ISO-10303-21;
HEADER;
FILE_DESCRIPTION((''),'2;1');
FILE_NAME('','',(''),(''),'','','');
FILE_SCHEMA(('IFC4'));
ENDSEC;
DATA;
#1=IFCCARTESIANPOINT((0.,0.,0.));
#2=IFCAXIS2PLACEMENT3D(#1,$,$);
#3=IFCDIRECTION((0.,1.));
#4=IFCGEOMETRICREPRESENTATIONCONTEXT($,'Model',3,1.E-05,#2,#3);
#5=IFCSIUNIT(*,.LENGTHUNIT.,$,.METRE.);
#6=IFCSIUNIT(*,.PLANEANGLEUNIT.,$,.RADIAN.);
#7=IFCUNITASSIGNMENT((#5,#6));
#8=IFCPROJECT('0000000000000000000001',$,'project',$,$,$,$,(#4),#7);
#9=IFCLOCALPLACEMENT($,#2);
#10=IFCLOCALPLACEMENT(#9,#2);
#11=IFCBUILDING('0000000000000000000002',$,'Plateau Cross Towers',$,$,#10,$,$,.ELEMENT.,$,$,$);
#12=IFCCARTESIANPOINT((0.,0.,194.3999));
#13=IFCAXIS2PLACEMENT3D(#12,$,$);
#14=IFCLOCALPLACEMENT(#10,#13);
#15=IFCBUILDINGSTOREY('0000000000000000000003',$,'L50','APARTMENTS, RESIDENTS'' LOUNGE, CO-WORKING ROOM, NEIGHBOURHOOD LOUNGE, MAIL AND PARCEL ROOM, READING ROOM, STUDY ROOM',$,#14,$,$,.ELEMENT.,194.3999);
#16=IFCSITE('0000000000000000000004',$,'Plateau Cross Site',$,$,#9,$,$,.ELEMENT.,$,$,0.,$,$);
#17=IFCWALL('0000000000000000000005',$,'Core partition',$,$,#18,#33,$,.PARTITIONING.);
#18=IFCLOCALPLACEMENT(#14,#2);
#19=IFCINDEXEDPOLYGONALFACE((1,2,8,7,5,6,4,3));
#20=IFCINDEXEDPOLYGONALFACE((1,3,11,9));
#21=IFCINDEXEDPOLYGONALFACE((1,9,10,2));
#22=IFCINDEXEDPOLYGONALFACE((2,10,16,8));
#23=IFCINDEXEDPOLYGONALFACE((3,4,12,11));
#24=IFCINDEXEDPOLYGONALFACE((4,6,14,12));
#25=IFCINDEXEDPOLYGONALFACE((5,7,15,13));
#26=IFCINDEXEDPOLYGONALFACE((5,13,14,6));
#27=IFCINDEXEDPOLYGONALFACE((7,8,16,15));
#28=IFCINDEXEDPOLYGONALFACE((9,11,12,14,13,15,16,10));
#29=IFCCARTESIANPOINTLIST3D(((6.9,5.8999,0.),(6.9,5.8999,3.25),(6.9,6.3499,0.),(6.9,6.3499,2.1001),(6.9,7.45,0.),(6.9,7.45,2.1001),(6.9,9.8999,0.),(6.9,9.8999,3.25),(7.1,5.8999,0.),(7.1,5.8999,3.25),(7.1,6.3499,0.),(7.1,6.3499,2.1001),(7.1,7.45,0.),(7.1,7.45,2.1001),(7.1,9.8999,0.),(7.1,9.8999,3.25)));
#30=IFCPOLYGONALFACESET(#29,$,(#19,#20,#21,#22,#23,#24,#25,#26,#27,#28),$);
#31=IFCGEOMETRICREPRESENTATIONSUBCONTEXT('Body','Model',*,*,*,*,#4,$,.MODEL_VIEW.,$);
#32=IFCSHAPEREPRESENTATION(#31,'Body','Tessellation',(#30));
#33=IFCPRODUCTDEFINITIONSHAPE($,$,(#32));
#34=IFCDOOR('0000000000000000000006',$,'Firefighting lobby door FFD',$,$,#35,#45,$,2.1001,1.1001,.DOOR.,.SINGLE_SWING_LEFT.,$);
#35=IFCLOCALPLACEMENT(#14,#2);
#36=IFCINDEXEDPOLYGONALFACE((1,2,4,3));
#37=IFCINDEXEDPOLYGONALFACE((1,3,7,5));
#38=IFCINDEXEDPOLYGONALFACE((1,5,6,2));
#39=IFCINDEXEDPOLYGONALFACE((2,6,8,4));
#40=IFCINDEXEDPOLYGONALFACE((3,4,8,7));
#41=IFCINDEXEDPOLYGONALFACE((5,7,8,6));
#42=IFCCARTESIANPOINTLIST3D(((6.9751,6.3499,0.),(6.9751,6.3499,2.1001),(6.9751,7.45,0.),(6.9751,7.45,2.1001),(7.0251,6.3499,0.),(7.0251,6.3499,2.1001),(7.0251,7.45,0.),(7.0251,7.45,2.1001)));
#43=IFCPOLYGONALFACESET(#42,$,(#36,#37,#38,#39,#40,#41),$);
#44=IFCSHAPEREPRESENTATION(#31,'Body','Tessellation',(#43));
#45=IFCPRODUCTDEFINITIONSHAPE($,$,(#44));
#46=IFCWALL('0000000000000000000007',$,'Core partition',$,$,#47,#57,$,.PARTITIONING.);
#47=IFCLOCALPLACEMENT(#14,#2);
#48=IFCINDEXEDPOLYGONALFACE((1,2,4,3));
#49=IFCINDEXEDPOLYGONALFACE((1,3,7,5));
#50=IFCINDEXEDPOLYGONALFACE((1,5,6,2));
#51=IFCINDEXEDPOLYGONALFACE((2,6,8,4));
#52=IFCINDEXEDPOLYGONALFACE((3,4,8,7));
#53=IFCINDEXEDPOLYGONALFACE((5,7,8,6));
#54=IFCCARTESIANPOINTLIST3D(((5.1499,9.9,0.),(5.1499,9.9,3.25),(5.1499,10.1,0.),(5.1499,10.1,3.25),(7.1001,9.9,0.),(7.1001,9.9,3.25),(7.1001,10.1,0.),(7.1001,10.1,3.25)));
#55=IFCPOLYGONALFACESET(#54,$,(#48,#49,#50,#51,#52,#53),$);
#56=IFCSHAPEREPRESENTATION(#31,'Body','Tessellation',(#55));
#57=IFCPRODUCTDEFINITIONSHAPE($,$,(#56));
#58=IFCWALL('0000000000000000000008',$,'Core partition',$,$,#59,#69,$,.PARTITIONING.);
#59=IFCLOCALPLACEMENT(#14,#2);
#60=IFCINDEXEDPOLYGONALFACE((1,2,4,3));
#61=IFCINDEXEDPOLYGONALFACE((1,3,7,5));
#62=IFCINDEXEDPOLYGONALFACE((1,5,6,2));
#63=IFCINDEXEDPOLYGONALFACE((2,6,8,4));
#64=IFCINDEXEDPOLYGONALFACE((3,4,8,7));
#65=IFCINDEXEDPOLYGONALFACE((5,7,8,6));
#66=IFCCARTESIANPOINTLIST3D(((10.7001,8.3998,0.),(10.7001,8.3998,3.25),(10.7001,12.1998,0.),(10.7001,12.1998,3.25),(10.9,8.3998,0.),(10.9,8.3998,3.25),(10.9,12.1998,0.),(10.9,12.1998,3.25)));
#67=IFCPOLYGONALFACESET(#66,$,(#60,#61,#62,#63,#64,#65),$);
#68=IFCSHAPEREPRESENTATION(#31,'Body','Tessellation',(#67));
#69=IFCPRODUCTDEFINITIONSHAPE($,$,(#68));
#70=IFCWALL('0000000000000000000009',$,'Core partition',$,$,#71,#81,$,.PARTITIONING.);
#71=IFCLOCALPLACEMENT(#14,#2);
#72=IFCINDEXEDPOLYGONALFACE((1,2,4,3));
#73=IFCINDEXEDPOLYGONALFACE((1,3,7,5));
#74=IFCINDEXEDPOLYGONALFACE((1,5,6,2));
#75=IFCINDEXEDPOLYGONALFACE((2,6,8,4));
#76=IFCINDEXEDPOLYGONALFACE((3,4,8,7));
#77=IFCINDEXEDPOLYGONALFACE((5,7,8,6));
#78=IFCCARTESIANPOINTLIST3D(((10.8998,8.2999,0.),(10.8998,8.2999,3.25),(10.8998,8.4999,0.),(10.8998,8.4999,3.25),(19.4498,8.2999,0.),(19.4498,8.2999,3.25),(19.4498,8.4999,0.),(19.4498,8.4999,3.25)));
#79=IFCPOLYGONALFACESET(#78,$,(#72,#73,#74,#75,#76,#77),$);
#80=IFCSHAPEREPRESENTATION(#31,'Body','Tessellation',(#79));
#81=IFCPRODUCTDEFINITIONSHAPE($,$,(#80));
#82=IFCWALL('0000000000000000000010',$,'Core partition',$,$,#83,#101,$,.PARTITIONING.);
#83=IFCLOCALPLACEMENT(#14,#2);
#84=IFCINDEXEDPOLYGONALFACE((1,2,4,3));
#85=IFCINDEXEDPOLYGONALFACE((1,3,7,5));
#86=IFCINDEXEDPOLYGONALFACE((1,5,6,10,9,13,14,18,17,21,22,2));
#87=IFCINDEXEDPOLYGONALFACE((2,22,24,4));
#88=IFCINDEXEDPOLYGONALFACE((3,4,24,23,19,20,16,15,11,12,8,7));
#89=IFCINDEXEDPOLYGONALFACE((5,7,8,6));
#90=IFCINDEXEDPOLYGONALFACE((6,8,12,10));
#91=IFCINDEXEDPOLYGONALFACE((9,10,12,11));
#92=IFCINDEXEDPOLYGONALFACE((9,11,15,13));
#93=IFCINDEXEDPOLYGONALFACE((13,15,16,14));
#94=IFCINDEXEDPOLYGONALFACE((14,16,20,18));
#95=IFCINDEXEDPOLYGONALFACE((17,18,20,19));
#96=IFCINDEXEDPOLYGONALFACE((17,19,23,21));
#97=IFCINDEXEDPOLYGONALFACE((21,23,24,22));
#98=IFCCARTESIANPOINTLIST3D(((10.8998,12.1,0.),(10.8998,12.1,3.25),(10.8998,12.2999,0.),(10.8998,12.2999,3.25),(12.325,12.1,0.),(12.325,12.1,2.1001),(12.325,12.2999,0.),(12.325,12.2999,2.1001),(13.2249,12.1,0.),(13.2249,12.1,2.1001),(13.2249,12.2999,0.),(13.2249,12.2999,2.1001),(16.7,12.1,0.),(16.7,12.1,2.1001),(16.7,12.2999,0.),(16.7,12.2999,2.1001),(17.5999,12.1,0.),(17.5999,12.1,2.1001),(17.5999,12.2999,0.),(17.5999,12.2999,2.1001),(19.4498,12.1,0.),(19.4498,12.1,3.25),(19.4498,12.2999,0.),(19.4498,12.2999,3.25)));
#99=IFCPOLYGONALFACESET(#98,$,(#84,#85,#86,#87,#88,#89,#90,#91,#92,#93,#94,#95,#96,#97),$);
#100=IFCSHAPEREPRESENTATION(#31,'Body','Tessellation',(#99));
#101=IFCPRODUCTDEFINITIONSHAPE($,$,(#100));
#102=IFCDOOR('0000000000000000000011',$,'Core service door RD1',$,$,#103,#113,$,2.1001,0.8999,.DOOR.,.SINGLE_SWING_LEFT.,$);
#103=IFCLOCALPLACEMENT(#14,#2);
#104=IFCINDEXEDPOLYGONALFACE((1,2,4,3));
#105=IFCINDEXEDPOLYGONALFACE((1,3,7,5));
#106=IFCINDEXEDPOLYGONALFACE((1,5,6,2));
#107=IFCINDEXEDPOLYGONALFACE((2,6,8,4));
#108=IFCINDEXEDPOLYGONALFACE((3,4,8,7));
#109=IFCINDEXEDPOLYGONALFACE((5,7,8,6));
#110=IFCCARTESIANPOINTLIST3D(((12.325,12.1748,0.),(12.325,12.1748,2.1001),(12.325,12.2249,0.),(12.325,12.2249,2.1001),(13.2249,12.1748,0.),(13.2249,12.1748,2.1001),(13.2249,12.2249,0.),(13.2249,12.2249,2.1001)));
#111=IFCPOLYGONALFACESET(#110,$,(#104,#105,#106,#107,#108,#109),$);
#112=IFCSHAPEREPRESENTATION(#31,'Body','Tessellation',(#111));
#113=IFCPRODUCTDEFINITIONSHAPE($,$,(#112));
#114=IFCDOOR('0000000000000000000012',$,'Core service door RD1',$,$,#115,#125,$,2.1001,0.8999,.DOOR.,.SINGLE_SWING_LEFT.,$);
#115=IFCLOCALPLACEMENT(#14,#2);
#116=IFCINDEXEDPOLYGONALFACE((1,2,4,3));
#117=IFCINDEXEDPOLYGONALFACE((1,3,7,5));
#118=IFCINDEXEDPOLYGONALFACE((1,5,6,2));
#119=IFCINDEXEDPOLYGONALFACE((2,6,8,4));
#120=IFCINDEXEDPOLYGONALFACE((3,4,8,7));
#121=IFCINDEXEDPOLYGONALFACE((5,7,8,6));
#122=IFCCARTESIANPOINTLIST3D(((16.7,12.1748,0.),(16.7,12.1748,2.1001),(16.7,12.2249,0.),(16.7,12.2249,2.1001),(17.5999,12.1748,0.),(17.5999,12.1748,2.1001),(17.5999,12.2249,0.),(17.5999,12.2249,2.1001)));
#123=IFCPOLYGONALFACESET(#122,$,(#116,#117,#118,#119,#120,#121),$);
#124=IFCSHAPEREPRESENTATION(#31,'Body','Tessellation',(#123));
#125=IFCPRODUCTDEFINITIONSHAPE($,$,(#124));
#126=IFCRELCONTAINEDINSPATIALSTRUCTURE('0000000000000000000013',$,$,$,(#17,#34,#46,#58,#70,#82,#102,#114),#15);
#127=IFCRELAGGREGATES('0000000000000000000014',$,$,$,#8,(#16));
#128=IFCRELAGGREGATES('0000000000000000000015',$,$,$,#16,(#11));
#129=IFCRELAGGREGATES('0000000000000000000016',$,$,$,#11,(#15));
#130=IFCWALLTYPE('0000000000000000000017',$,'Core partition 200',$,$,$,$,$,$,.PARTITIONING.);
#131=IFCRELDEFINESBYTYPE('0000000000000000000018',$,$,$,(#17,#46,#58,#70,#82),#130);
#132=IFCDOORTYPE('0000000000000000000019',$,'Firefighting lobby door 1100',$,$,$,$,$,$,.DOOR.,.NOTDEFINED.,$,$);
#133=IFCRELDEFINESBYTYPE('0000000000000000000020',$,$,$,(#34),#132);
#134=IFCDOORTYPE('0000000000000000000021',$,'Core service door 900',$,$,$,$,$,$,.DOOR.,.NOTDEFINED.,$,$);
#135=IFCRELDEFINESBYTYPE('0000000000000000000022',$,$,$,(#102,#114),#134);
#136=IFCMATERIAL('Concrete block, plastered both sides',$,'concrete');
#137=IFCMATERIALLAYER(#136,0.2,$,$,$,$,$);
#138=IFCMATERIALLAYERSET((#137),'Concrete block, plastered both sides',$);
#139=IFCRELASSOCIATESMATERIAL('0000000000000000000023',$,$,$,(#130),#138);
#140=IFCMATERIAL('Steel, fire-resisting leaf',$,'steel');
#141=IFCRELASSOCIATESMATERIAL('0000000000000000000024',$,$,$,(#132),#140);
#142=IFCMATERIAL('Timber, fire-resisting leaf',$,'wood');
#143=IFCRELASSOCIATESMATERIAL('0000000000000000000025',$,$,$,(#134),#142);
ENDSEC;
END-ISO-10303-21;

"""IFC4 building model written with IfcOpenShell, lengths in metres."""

from ifc_helpers import new_model, si_unit, direction, frame, frame_2d, origin, place, context, subcontext, project, spatial, rectangle, extrude, material, layer, layer_set, type_object, element, fill, save


model = new_model("IFC4")

# Units and contexts
model_context = context("Model", 3, precision=1e-05, world=origin(), true_north=direction((0.0, 1.0)))
body_context = subcontext(model_context, "Body", "Model", "MODEL_VIEW")
ifc_project = project(units=[si_unit("LENGTHUNIT", "METRE"), si_unit("PLANEANGLEUNIT", "RADIAN")], contexts=[model_context])

# Site, building, storey
site_placement = place(None, origin())
site = spatial("IfcSite", under=ifc_project, at=site_placement, Name="Plateau Cross Site", CompositionType="ELEMENT", RefElevation=0.0)
building_placement = place(site_placement, origin())
building = spatial("IfcBuilding", under=site, at=building_placement, Name="Plateau Cross Towers", CompositionType="ELEMENT")
storey_placement = place(building_placement, frame((0.0, 0.0, 194.3999)))
storey = spatial("IfcBuildingStorey", under=building, at=storey_placement, Name="L50", Description="APARTMENTS, RESIDENTS' LOUNGE, CO-WORKING ROOM, NEIGHBOURHOOD LOUNGE, MAIL AND PARCEL ROOM, READING ROOM, STUDY ROOM", CompositionType="ELEMENT", Elevation=194.3999)

# Wall, opening, door
ifc_material_1 = material(Name="Concrete block, plastered both sides", Category="concrete")
ifc_layer_1 = layer(ifc_material_1, 0.2)
ifc_layer_set_1 = layer_set([ifc_layer_1], Name="Concrete block, plastered both sides")
wall_type_1 = type_object("IfcWallType", Name="Core partition 200", PredefinedType="PARTITIONING", material=ifc_layer_set_1)
wall_1_placement = place(storey_placement, frame((7.0, 5.8999, 0.0), z_axis=(0.0, 0.0, 1.0), x_axis=(0.0, 1.0, 0.0)))
wall_1 = element("IfcWall", 1, at=wall_1_placement, inside=storey, type_object=wall_type_1, Name="Core partition", PredefinedType="PARTITIONING", context=body_context, shape_type="SweptSolid", body=[
    extrude(rectangle(XDim=4.0, YDim=0.2, at=frame_2d((2.0, 0.0))), origin(), (0.0, 0.0, 1.0), 3.25),
])
opening_1_placement = place(wall_1_placement, frame((0.45, 0.0, 0.0)))
opening_1 = element("IfcOpeningElement", 2, at=opening_1_placement, cuts=wall_1, PredefinedType="OPENING", context=body_context, shape_type="SweptSolid", body=[
    extrude(rectangle(XDim=1.1001, YDim=2.1001, at=frame_2d((0.55, 1.05))), frame((0.0, 0.1099, 0.0), z_axis=(0.0, -1.0, 0.0), x_axis=(1.0, 0.0, 0.0)), (0.0, 0.0, 1.0), 0.22),
])
ifc_material_2 = material(Name="Steel, fire-resisting leaf", Category="steel")
door_type_1 = type_object("IfcDoorType", Name="Firefighting lobby door 1100", OperationType="NOTDEFINED", PredefinedType="DOOR", material=ifc_material_2)
door_1_placement = place(opening_1_placement, origin())
door_1 = element("IfcDoor", 3, at=door_1_placement, inside=storey, type_object=door_type_1, Name="Firefighting lobby door FFD", OperationType="SINGLE_SWING_LEFT", OverallHeight=2.1001, OverallWidth=1.1001, PredefinedType="DOOR", context=body_context, shape_type="SweptSolid", body=[
    extrude(rectangle(XDim=1.1001, YDim=2.1001, at=frame_2d((0.55, 1.05))), frame((0.0, 0.0249, 0.0), z_axis=(0.0, -1.0, 0.0), x_axis=(1.0, 0.0, 0.0)), (0.0, 0.0, 1.0), 0.05),
])
fill(opening_1, door_1)

# Walls
wall_2_placement = place(storey_placement, frame((5.1499, 10.0, 0.0), z_axis=(0.0, 0.0, 1.0), x_axis=(1.0, 0.0, 0.0)))
element("IfcWall", 4, at=wall_2_placement, inside=storey, type_object=wall_type_1, Name="Core partition", PredefinedType="PARTITIONING", context=body_context, shape_type="SweptSolid", body=[
    extrude(rectangle(XDim=1.9502, YDim=0.2, at=frame_2d((0.9751, 0.0))), origin(), (0.0, 0.0, 1.0), 3.25),
])
wall_3_placement = place(storey_placement, frame((10.8, 8.3999, 0.0), z_axis=(0.0, 0.0, 1.0), x_axis=(0.0, 1.0, 0.0)))
element("IfcWall", 5, at=wall_3_placement, inside=storey, type_object=wall_type_1, Name="Core partition", PredefinedType="PARTITIONING", context=body_context, shape_type="SweptSolid", body=[
    extrude(rectangle(XDim=3.8, YDim=0.2, at=frame_2d((1.8999, 0.0))), origin(), (0.0, 0.0, 1.0), 3.25),
])
wall_4_placement = place(storey_placement, frame((10.8999, 8.3999, 0.0), z_axis=(0.0, 0.0, 1.0), x_axis=(1.0, 0.0, 0.0)))
element("IfcWall", 6, at=wall_4_placement, inside=storey, type_object=wall_type_1, Name="Core partition", PredefinedType="PARTITIONING", context=body_context, shape_type="SweptSolid", body=[
    extrude(rectangle(XDim=8.55, YDim=0.2, at=frame_2d((4.2749, 0.0))), origin(), (0.0, 0.0, 1.0), 3.25),
])

# Wall, openings, doors
wall_5_placement = place(storey_placement, frame((10.8999, 12.2, 0.0), z_axis=(0.0, 0.0, 1.0), x_axis=(1.0, 0.0, 0.0)))
wall_5 = element("IfcWall", 7, at=wall_5_placement, inside=storey, type_object=wall_type_1, Name="Core partition", PredefinedType="PARTITIONING", context=body_context, shape_type="SweptSolid", body=[
    extrude(rectangle(XDim=8.55, YDim=0.2, at=frame_2d((4.2749, 0.0))), origin(), (0.0, 0.0, 1.0), 3.25),
])
opening_2_placement = place(wall_5_placement, frame((1.425, 0.0, 0.0)))
opening_2 = element("IfcOpeningElement", 8, at=opening_2_placement, cuts=wall_5, PredefinedType="OPENING", context=body_context, shape_type="SweptSolid", body=[
    extrude(rectangle(XDim=0.8999, YDim=2.1001, at=frame_2d((0.45, 1.05))), frame((0.0, 0.1099, 0.0), z_axis=(0.0, -1.0, 0.0), x_axis=(1.0, 0.0, 0.0)), (0.0, 0.0, 1.0), 0.22),
])
opening_3_placement = place(wall_5_placement, frame((5.8, 0.0, 0.0)))
opening_3 = element("IfcOpeningElement", 9, at=opening_3_placement, cuts=wall_5, PredefinedType="OPENING", context=body_context, shape_type="SweptSolid", body=[
    extrude(rectangle(XDim=0.8999, YDim=2.1001, at=frame_2d((0.45, 1.05))), frame((0.0, 0.1099, 0.0), z_axis=(0.0, -1.0, 0.0), x_axis=(1.0, 0.0, 0.0)), (0.0, 0.0, 1.0), 0.22),
])
ifc_material_3 = material(Name="Timber, fire-resisting leaf", Category="wood")
door_type_2 = type_object("IfcDoorType", Name="Core service door 900", OperationType="NOTDEFINED", PredefinedType="DOOR", material=ifc_material_3)
door_2_placement = place(opening_2_placement, origin())
door_2 = element("IfcDoor", 10, at=door_2_placement, inside=storey, type_object=door_type_2, Name="Core service door RD1", OperationType="SINGLE_SWING_LEFT", OverallHeight=2.1001, OverallWidth=0.8999, PredefinedType="DOOR", context=body_context, shape_type="SweptSolid", body=[
    extrude(rectangle(XDim=0.8999, YDim=2.1001, at=frame_2d((0.45, 1.05))), frame((0.0, 0.0249, 0.0), z_axis=(0.0, -1.0, 0.0), x_axis=(1.0, 0.0, 0.0)), (0.0, 0.0, 1.0), 0.05),
])
fill(opening_2, door_2)
door_3_placement = place(opening_3_placement, origin())
door_3 = element("IfcDoor", 11, at=door_3_placement, inside=storey, type_object=door_type_2, Name="Core service door RD1", OperationType="SINGLE_SWING_LEFT", OverallHeight=2.1001, OverallWidth=0.8999, PredefinedType="DOOR", context=body_context, shape_type="SweptSolid", body=[
    extrude(rectangle(XDim=0.8999, YDim=2.1001, at=frame_2d((0.45, 1.05))), frame((0.0, 0.0249, 0.0), z_axis=(0.0, -1.0, 0.0), x_axis=(1.0, 0.0, 0.0)), (0.0, 0.0, 1.0), 0.05),
])
fill(opening_3, door_3)

save(model, "model.ifc")
